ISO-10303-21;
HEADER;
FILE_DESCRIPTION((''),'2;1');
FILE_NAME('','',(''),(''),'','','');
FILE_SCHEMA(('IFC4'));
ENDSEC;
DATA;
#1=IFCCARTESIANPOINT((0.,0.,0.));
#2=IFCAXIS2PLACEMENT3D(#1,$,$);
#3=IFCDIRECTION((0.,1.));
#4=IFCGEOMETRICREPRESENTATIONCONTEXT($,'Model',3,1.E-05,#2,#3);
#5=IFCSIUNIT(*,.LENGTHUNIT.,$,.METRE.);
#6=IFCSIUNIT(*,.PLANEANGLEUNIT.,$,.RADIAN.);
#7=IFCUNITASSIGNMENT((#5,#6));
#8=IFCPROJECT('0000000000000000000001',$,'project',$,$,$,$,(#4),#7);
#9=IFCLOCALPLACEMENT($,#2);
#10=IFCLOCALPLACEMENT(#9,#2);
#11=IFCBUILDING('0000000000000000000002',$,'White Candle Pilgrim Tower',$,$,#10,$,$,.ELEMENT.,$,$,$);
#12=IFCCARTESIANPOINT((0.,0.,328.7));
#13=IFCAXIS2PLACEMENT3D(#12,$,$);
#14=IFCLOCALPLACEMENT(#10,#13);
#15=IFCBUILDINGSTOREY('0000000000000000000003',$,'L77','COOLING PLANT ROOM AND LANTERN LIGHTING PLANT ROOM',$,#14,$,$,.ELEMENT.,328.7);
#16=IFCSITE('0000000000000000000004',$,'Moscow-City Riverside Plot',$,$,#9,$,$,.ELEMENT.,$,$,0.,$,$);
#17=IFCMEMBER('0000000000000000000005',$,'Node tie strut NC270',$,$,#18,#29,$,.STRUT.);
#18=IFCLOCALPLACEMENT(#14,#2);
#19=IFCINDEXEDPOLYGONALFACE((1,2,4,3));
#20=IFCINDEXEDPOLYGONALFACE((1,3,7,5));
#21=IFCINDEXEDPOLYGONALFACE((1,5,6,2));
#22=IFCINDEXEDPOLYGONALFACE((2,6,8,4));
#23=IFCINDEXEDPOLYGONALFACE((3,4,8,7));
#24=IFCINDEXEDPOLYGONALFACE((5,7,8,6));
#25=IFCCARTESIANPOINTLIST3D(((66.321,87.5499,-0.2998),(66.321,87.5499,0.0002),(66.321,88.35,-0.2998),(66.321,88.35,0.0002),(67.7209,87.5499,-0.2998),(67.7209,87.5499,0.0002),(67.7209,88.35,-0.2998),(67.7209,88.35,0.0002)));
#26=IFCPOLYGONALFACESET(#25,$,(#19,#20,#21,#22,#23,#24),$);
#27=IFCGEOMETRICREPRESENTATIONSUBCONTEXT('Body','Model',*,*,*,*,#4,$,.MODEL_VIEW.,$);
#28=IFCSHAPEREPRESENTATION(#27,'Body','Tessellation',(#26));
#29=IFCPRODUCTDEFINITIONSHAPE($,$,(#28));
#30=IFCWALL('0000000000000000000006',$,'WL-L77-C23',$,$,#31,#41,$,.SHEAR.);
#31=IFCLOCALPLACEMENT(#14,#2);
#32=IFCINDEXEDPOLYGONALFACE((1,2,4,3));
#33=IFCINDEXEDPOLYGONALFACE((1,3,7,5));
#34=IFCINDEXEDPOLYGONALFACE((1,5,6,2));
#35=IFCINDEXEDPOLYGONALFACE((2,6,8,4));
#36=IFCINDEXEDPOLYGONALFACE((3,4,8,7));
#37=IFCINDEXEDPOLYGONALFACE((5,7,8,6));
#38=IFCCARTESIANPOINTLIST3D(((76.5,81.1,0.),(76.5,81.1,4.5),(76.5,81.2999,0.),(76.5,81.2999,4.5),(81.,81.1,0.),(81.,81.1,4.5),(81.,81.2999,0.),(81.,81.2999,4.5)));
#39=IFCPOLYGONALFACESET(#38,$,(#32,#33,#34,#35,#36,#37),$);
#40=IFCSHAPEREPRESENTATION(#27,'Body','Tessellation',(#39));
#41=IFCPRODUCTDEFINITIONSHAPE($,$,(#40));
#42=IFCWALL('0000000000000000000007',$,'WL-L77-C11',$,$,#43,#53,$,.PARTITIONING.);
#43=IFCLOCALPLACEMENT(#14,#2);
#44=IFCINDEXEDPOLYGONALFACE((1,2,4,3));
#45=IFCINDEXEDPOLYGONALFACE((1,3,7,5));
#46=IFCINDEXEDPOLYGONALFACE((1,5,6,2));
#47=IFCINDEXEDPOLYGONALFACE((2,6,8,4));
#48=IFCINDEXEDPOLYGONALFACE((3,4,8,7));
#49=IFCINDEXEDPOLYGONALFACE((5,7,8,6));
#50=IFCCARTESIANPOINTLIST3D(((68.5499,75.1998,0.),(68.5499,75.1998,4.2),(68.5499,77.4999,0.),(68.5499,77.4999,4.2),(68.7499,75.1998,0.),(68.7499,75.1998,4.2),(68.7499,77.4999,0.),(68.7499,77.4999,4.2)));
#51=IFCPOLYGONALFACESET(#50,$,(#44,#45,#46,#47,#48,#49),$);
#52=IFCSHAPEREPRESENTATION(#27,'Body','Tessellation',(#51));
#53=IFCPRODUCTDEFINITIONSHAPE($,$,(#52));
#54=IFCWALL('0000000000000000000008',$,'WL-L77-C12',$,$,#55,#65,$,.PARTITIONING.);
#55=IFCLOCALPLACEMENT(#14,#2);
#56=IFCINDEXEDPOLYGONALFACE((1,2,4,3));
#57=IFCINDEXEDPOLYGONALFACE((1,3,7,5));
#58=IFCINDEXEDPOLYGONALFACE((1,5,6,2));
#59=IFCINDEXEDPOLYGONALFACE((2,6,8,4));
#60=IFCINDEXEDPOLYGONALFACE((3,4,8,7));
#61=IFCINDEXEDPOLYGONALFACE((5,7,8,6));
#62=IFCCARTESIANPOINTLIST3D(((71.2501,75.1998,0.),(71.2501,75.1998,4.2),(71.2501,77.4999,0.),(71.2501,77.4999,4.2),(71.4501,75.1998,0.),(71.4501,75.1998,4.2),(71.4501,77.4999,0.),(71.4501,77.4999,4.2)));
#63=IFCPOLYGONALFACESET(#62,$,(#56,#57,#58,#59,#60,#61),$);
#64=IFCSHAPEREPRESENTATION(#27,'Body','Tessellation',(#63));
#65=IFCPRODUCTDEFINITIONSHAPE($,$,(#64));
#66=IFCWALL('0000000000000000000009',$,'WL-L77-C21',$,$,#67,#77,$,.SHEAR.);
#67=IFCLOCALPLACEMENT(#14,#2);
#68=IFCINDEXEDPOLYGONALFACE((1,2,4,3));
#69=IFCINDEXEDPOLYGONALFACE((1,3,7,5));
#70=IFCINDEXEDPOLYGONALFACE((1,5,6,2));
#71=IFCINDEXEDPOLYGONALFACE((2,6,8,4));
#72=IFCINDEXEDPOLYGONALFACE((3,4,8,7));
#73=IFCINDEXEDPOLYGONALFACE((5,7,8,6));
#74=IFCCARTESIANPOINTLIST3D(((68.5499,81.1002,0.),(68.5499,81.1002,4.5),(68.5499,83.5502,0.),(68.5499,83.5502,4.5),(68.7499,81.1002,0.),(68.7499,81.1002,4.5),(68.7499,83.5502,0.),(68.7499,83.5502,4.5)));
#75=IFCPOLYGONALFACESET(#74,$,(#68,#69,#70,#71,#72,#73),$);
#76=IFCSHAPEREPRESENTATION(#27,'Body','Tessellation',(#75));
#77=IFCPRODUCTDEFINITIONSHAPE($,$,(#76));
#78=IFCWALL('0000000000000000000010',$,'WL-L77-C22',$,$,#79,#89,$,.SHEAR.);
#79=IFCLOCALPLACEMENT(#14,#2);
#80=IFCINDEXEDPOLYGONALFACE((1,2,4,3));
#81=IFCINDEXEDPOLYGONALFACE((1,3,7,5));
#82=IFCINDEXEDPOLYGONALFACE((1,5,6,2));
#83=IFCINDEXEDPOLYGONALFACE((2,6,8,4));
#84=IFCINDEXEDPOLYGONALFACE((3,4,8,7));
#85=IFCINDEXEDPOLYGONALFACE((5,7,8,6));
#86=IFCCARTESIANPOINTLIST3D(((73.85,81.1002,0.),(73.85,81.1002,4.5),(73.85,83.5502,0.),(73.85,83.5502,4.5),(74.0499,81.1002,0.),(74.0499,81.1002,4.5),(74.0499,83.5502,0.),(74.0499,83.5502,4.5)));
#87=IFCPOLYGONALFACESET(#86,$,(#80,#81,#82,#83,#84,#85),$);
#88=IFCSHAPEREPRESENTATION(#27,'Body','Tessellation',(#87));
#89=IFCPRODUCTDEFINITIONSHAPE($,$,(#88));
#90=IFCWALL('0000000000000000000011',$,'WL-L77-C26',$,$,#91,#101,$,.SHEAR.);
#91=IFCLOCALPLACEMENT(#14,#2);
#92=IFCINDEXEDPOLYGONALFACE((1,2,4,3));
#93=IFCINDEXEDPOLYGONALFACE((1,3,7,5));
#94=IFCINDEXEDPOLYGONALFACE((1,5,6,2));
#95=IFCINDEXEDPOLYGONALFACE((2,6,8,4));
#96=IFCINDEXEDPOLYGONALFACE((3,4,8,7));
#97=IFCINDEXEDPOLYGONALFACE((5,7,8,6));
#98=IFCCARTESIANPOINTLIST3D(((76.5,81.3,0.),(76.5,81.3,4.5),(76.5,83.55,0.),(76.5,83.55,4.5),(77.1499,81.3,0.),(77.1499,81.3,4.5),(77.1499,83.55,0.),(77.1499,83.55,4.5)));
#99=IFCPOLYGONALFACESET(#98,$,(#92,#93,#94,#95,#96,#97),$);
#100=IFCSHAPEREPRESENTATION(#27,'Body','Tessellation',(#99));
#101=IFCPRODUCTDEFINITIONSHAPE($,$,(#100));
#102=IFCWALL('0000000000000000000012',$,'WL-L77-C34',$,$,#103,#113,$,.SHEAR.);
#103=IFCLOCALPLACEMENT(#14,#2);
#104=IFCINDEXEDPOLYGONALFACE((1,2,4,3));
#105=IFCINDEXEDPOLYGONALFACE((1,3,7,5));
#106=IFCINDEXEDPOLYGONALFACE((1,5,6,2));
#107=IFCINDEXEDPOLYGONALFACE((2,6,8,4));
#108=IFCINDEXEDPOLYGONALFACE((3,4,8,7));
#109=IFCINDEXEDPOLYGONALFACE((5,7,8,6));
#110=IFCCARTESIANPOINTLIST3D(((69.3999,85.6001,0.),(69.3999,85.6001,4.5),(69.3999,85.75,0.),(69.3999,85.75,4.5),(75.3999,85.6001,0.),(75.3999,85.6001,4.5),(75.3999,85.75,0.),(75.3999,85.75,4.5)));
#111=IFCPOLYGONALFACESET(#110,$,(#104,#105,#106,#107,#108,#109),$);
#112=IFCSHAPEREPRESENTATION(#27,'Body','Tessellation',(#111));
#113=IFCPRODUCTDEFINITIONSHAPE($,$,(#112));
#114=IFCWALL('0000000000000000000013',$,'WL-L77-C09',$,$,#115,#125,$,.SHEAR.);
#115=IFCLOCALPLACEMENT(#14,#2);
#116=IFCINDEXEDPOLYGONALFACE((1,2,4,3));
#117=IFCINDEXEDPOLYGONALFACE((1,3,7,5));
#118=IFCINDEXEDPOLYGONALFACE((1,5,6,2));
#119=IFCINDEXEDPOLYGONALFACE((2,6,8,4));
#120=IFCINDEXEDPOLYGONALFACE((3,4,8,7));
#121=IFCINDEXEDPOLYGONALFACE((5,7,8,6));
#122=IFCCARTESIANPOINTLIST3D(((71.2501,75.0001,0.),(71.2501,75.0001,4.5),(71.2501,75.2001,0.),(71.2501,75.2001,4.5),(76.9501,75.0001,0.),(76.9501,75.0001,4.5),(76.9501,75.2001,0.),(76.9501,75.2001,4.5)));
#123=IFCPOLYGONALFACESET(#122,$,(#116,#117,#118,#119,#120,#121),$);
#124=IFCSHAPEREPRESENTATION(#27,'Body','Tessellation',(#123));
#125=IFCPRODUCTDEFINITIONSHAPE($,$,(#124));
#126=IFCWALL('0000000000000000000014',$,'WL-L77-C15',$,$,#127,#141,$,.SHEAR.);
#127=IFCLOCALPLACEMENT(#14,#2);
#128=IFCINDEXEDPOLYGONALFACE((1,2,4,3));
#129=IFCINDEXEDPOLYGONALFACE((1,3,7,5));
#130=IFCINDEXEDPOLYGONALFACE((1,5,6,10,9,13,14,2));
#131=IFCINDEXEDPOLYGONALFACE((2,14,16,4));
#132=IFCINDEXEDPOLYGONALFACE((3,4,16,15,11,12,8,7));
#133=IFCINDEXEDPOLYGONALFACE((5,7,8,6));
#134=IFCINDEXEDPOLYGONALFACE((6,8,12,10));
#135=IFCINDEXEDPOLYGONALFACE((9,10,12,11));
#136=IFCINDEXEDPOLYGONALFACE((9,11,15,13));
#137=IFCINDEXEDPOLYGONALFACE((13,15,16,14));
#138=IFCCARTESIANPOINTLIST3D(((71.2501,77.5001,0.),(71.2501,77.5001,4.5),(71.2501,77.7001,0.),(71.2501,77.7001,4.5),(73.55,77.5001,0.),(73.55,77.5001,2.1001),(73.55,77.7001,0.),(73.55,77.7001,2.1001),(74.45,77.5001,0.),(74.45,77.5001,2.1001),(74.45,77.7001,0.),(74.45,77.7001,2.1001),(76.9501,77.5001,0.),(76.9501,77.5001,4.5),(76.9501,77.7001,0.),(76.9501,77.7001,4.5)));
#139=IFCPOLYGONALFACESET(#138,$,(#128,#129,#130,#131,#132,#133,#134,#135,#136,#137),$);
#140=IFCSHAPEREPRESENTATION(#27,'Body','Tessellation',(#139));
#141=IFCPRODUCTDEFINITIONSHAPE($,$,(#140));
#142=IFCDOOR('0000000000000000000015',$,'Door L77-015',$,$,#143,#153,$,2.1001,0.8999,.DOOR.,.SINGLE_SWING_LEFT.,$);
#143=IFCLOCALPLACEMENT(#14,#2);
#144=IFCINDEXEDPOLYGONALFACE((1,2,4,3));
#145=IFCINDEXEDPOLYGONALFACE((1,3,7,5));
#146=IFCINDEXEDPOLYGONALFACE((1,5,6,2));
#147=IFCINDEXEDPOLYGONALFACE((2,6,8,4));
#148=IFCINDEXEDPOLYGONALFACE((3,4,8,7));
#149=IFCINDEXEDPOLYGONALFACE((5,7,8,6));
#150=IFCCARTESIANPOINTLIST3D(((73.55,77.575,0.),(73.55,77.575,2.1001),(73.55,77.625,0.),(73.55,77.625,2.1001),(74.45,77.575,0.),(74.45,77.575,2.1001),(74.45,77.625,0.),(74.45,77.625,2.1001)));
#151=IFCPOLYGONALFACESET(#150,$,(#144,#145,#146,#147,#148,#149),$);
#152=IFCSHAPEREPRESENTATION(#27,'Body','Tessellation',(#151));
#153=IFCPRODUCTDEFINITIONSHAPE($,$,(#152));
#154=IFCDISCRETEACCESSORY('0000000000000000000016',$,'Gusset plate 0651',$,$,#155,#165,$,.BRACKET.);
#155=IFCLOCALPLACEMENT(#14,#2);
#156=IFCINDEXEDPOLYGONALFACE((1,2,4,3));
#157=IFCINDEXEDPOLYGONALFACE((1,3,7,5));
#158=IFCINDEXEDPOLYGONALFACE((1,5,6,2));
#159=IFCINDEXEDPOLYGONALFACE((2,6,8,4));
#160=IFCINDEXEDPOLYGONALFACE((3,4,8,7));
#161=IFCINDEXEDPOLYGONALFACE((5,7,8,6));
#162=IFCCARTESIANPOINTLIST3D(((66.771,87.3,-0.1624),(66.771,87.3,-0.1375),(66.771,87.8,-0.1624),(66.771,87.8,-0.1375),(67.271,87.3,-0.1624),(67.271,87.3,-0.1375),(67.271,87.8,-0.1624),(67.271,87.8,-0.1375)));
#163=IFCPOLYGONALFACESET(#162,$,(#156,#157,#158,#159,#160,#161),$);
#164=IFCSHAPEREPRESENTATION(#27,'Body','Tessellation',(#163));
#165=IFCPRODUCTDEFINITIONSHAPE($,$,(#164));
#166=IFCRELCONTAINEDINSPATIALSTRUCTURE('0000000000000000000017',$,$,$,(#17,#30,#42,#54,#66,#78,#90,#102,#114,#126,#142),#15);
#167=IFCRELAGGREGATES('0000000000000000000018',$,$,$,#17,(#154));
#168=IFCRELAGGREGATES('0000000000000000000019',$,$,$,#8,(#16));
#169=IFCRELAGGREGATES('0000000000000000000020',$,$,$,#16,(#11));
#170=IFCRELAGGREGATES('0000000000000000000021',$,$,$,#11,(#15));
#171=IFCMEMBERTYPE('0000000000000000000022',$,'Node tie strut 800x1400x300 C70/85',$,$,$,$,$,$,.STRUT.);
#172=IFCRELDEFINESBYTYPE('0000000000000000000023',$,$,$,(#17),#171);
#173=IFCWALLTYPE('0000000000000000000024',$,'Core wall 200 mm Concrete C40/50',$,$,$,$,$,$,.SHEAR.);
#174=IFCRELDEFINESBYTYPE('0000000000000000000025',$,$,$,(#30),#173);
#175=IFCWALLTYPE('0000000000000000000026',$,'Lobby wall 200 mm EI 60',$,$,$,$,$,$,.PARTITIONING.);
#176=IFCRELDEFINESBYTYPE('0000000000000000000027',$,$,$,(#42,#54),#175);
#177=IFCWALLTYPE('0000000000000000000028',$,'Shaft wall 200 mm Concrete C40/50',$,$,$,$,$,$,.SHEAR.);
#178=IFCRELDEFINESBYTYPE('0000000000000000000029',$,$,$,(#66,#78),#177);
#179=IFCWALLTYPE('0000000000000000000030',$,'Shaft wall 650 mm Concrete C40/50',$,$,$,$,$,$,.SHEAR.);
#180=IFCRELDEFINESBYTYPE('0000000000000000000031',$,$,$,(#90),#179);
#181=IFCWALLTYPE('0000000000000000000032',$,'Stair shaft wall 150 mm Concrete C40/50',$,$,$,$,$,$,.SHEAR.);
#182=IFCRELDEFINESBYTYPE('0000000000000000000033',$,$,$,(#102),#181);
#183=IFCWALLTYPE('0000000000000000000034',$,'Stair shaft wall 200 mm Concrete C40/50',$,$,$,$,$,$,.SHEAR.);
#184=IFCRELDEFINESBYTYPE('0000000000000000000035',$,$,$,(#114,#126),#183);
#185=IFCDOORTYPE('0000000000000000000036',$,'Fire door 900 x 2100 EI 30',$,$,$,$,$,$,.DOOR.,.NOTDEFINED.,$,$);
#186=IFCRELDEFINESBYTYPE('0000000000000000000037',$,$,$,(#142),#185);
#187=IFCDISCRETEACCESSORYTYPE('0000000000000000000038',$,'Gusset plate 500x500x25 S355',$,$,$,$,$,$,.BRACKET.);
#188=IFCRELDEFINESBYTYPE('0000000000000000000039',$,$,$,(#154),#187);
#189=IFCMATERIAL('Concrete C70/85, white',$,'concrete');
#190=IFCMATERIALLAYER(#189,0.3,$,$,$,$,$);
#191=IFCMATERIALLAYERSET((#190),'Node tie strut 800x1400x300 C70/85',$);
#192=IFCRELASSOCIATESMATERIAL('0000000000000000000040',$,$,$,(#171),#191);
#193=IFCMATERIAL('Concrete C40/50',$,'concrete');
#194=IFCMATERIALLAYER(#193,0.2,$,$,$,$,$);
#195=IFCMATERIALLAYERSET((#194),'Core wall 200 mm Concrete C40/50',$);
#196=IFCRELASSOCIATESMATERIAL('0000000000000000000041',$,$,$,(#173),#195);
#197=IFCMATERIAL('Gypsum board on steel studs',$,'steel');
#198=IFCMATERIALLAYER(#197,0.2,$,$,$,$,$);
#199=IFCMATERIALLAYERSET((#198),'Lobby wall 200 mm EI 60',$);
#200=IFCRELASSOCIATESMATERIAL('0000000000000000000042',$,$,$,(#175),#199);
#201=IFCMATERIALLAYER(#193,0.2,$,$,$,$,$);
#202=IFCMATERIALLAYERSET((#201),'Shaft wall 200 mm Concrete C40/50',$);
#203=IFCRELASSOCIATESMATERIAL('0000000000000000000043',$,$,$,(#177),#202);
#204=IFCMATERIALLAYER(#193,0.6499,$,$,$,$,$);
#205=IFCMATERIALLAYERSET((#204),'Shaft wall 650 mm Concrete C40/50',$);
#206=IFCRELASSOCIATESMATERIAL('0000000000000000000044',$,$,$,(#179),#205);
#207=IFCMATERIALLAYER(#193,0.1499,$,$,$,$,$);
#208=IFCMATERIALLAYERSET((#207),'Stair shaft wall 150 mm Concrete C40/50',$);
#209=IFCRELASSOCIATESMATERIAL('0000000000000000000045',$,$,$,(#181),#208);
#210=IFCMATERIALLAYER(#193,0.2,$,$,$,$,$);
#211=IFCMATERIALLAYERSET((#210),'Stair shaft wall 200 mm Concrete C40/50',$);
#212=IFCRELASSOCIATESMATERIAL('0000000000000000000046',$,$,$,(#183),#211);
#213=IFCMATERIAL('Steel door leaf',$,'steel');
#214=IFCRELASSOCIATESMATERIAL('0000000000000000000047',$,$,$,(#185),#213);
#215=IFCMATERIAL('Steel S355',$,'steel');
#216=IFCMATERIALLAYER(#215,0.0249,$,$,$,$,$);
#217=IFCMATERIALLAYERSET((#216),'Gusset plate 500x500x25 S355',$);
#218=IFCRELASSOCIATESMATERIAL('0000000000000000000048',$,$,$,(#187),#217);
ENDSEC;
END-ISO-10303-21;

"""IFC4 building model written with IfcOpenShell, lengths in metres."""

from ifc_helpers import new_model, si_unit, direction, frame, frame_2d, origin, origin_2d, place, context, subcontext, project, spatial, rectangle, extrude, material, layer, layer_set, type_object, element, fill, aggregate, save


model = new_model("IFC4")

# Units and contexts
model_context = context("Model", 3, precision=1e-05, world=origin(), true_north=direction((0.0, 1.0)))
body_context = subcontext(model_context, "Body", "Model", "MODEL_VIEW")
ifc_project = project(units=[si_unit("LENGTHUNIT", "METRE"), si_unit("PLANEANGLEUNIT", "RADIAN")], contexts=[model_context])

# Site, building, storey
site_placement = place(None, origin())
site = spatial("IfcSite", under=ifc_project, at=site_placement, Name="Moscow-City Riverside Plot", CompositionType="ELEMENT", RefElevation=0.0)
building_placement = place(site_placement, origin())
building = spatial("IfcBuilding", under=site, at=building_placement, Name="White Candle Pilgrim Tower", CompositionType="ELEMENT")
storey_placement = place(building_placement, frame((0.0, 0.0, 328.7)))
storey = spatial("IfcBuildingStorey", under=building, at=storey_placement, Name="L77", Description="COOLING PLANT ROOM AND LANTERN LIGHTING PLANT ROOM", CompositionType="ELEMENT", Elevation=328.7)

# Member
ifc_material_1 = material(Name="Concrete C70/85, white", Category="concrete")
ifc_layer_1 = layer(ifc_material_1, 0.3)
ifc_layer_set_1 = layer_set([ifc_layer_1], Name="Node tie strut 800x1400x300 C70/85")
member_type = type_object("IfcMemberType", Name="Node tie strut 800x1400x300 C70/85", PredefinedType="STRUT", material=ifc_layer_set_1)
member_placement = place(storey_placement, frame((67.021, 87.95, -0.2998), z_axis=(0.0, 0.0, 1.0), x_axis=(-1.0, 0.0, 0.0)))
member = element("IfcMember", 1, at=member_placement, inside=storey, type_object=member_type, Name="Node tie strut NC270", PredefinedType="STRUT", context=body_context, shape_type="SweptSolid", body=[
    extrude(rectangle(XDim=1.3999, YDim=0.8, at=origin_2d()), origin(), (0.0, 0.0, 1.0), 0.3),
])

# Walls
ifc_material_2 = material(Name="Concrete C40/50", Category="concrete")
ifc_layer_2 = layer(ifc_material_2, 0.2)
ifc_layer_set_2 = layer_set([ifc_layer_2], Name="Core wall 200 mm Concrete C40/50")
wall_type_1 = type_object("IfcWallType", Name="Core wall 200 mm Concrete C40/50", PredefinedType="SHEAR", material=ifc_layer_set_2)
wall_1_placement = place(storey_placement, frame((76.5, 81.2, 0.0), z_axis=(0.0, 0.0, 1.0), x_axis=(1.0, 0.0, 0.0)))
element("IfcWall", 2, at=wall_1_placement, inside=storey, type_object=wall_type_1, Name="WL-L77-C23", PredefinedType="SHEAR", context=body_context, shape_type="SweptSolid", body=[
    extrude(rectangle(XDim=4.5, YDim=0.2, at=frame_2d((2.25, 0.0))), origin(), (0.0, 0.0, 1.0), 4.5),
])
ifc_material_3 = material(Name="Gypsum board on steel studs", Category="steel")
ifc_layer_3 = layer(ifc_material_3, 0.2)
ifc_layer_set_3 = layer_set([ifc_layer_3], Name="Lobby wall 200 mm EI 60")
wall_type_2 = type_object("IfcWallType", Name="Lobby wall 200 mm EI 60", PredefinedType="PARTITIONING", material=ifc_layer_set_3)
for number, where, z_axis, x_axis, name in (
    (3, (68.6499, 75.2, 0.0), (0.0, 0.0, 1.0), (0.0, 1.0, 0.0), "WL-L77-C11"),
    (4, (71.3501, 75.2, 0.0), (0.0, 0.0, 1.0), (0.0, 1.0, 0.0), "WL-L77-C12"),
):
    element("IfcWall", number, at=place(storey_placement, frame(where, z_axis=z_axis, x_axis=x_axis)), inside=storey, type_object=wall_type_2, Name=name, PredefinedType="PARTITIONING", context=body_context, shape_type="SweptSolid", body=[
        extrude(rectangle(XDim=2.3, YDim=0.2, at=frame_2d((1.1499, 0.0))), origin(), (0.0, 0.0, 1.0), 4.2),
    ])
ifc_layer_4 = layer(ifc_material_2, 0.2)
ifc_layer_set_4 = layer_set([ifc_layer_4], Name="Shaft wall 200 mm Concrete C40/50")
wall_type_3 = type_object("IfcWallType", Name="Shaft wall 200 mm Concrete C40/50", PredefinedType="SHEAR", material=ifc_layer_set_4)
for number, where, z_axis, x_axis, name in (
    (5, (68.6499, 81.1001, 0.0), (0.0, 0.0, 1.0), (0.0, 1.0, 0.0), "WL-L77-C21"),
    (6, (73.95, 81.1001, 0.0), (0.0, 0.0, 1.0), (0.0, 1.0, 0.0), "WL-L77-C22"),
):
    element("IfcWall", number, at=place(storey_placement, frame(where, z_axis=z_axis, x_axis=x_axis)), inside=storey, type_object=wall_type_3, Name=name, PredefinedType="SHEAR", context=body_context, shape_type="SweptSolid", body=[
        extrude(rectangle(XDim=2.45, YDim=0.2, at=frame_2d((1.2251, 0.0))), origin(), (0.0, 0.0, 1.0), 4.5),
    ])
ifc_layer_5 = layer(ifc_material_2, 0.6499)
ifc_layer_set_5 = layer_set([ifc_layer_5], Name="Shaft wall 650 mm Concrete C40/50")
wall_type_4 = type_object("IfcWallType", Name="Shaft wall 650 mm Concrete C40/50", PredefinedType="SHEAR", material=ifc_layer_set_5)
wall_2_placement = place(storey_placement, frame((76.825, 81.3, 0.0), z_axis=(0.0, 0.0, 1.0), x_axis=(0.0, 1.0, 0.0)))
element("IfcWall", 7, at=wall_2_placement, inside=storey, type_object=wall_type_4, Name="WL-L77-C26", PredefinedType="SHEAR", context=body_context, shape_type="SweptSolid", body=[
    extrude(rectangle(XDim=2.25, YDim=0.6499, at=frame_2d((1.125, 0.0))), origin(), (0.0, 0.0, 1.0), 4.5),
])
ifc_layer_6 = layer(ifc_material_2, 0.1499)
ifc_layer_set_6 = layer_set([ifc_layer_6], Name="Stair shaft wall 150 mm Concrete C40/50")
wall_type_5 = type_object("IfcWallType", Name="Stair shaft wall 150 mm Concrete C40/50", PredefinedType="SHEAR", material=ifc_layer_set_6)
wall_3_placement = place(storey_placement, frame((69.3999, 85.675, 0.0), z_axis=(0.0, 0.0, 1.0), x_axis=(1.0, 0.0, 0.0)))
element("IfcWall", 8, at=wall_3_placement, inside=storey, type_object=wall_type_5, Name="WL-L77-C34", PredefinedType="SHEAR", context=body_context, shape_type="SweptSolid", body=[
    extrude(rectangle(XDim=6.0, YDim=0.1499, at=frame_2d((3.0, 0.0))), origin(), (0.0, 0.0, 1.0), 4.5),
])
ifc_layer_7 = layer(ifc_material_2, 0.2)
ifc_layer_set_7 = layer_set([ifc_layer_7], Name="Stair shaft wall 200 mm Concrete C40/50")
wall_type_6 = type_object("IfcWallType", Name="Stair shaft wall 200 mm Concrete C40/50", PredefinedType="SHEAR", material=ifc_layer_set_7)
wall_4_placement = place(storey_placement, frame((71.25, 75.1001, 0.0), z_axis=(0.0, 0.0, 1.0), x_axis=(1.0, 0.0, 0.0)))
element("IfcWall", 9, at=wall_4_placement, inside=storey, type_object=wall_type_6, Name="WL-L77-C09", PredefinedType="SHEAR", context=body_context, shape_type="SweptSolid", body=[
    extrude(rectangle(XDim=5.7, YDim=0.2, at=frame_2d((2.8501, 0.0))), origin(), (0.0, 0.0, 1.0), 4.5),
])

# Wall, opening, door
wall_5_placement = place(storey_placement, frame((71.25, 77.6001, 0.0), z_axis=(0.0, 0.0, 1.0), x_axis=(1.0, 0.0, 0.0)))
wall_5 = element("IfcWall", 10, at=wall_5_placement, inside=storey, type_object=wall_type_6, Name="WL-L77-C15", PredefinedType="SHEAR", context=body_context, shape_type="SweptSolid", body=[
    extrude(rectangle(XDim=5.7, YDim=0.2, at=frame_2d((2.8501, 0.0))), origin(), (0.0, 0.0, 1.0), 4.5),
])
opening_1_placement = place(wall_5_placement, frame((2.3, 0.0, 0.0)))
opening_1 = element("IfcOpeningElement", 11, at=opening_1_placement, cuts=wall_5, PredefinedType="OPENING", context=body_context, shape_type="SweptSolid", body=[
    extrude(rectangle(XDim=0.8999, YDim=2.1001, at=frame_2d((0.45, 1.05))), frame((0.0, 0.1099, 0.0), z_axis=(0.0, -1.0, 0.0), x_axis=(1.0, 0.0, 0.0)), (0.0, 0.0, 1.0), 0.22),
])
ifc_material_4 = material(Name="Steel door leaf", Category="steel")
door_type_1 = type_object("IfcDoorType", Name="Fire door 900 x 2100 EI 30", OperationType="NOTDEFINED", PredefinedType="DOOR", material=ifc_material_4)
door_1_placement = place(opening_1_placement, origin())
door_1 = element("IfcDoor", 12, at=door_1_placement, inside=storey, type_object=door_type_1, Name="Door L77-015", OperationType="SINGLE_SWING_LEFT", OverallHeight=2.1001, OverallWidth=0.8999, PredefinedType="DOOR", context=body_context, shape_type="SweptSolid", body=[
    extrude(rectangle(XDim=0.8999, YDim=2.1001, at=frame_2d((0.45, 1.05))), frame((0.0, 0.0249, 0.0), z_axis=(0.0, -1.0, 0.0), x_axis=(1.0, 0.0, 0.0)), (0.0, 0.0, 1.0), 0.05),
])
fill(opening_1, door_1)

# Discrete accessory
ifc_material_5 = material(Name="Steel S355", Category="steel")
ifc_layer_8 = layer(ifc_material_5, 0.0249)
ifc_layer_set_8 = layer_set([ifc_layer_8], Name="Gusset plate 500x500x25 S355")
discrete_accessory_type = type_object("IfcDiscreteAccessoryType", Name="Gusset plate 500x500x25 S355", PredefinedType="BRACKET", material=ifc_layer_set_8)
discrete_accessory_placement = place(storey_placement, frame((67.021, 87.55, -0.1624), z_axis=(0.0, 0.0, 1.0), x_axis=(1.0, 0.0, 0.0)))
discrete_accessory = element("IfcDiscreteAccessory", 13, at=discrete_accessory_placement, type_object=discrete_accessory_type, Name="Gusset plate 0651", PredefinedType="BRACKET", context=body_context, shape_type="SweptSolid", body=[
    extrude(rectangle(XDim=0.5, YDim=0.5, at=origin_2d()), origin(), (0.0, 0.0, 1.0), 0.0249),
])
aggregate(member, [discrete_accessory])

save(model, "model.ifc")
